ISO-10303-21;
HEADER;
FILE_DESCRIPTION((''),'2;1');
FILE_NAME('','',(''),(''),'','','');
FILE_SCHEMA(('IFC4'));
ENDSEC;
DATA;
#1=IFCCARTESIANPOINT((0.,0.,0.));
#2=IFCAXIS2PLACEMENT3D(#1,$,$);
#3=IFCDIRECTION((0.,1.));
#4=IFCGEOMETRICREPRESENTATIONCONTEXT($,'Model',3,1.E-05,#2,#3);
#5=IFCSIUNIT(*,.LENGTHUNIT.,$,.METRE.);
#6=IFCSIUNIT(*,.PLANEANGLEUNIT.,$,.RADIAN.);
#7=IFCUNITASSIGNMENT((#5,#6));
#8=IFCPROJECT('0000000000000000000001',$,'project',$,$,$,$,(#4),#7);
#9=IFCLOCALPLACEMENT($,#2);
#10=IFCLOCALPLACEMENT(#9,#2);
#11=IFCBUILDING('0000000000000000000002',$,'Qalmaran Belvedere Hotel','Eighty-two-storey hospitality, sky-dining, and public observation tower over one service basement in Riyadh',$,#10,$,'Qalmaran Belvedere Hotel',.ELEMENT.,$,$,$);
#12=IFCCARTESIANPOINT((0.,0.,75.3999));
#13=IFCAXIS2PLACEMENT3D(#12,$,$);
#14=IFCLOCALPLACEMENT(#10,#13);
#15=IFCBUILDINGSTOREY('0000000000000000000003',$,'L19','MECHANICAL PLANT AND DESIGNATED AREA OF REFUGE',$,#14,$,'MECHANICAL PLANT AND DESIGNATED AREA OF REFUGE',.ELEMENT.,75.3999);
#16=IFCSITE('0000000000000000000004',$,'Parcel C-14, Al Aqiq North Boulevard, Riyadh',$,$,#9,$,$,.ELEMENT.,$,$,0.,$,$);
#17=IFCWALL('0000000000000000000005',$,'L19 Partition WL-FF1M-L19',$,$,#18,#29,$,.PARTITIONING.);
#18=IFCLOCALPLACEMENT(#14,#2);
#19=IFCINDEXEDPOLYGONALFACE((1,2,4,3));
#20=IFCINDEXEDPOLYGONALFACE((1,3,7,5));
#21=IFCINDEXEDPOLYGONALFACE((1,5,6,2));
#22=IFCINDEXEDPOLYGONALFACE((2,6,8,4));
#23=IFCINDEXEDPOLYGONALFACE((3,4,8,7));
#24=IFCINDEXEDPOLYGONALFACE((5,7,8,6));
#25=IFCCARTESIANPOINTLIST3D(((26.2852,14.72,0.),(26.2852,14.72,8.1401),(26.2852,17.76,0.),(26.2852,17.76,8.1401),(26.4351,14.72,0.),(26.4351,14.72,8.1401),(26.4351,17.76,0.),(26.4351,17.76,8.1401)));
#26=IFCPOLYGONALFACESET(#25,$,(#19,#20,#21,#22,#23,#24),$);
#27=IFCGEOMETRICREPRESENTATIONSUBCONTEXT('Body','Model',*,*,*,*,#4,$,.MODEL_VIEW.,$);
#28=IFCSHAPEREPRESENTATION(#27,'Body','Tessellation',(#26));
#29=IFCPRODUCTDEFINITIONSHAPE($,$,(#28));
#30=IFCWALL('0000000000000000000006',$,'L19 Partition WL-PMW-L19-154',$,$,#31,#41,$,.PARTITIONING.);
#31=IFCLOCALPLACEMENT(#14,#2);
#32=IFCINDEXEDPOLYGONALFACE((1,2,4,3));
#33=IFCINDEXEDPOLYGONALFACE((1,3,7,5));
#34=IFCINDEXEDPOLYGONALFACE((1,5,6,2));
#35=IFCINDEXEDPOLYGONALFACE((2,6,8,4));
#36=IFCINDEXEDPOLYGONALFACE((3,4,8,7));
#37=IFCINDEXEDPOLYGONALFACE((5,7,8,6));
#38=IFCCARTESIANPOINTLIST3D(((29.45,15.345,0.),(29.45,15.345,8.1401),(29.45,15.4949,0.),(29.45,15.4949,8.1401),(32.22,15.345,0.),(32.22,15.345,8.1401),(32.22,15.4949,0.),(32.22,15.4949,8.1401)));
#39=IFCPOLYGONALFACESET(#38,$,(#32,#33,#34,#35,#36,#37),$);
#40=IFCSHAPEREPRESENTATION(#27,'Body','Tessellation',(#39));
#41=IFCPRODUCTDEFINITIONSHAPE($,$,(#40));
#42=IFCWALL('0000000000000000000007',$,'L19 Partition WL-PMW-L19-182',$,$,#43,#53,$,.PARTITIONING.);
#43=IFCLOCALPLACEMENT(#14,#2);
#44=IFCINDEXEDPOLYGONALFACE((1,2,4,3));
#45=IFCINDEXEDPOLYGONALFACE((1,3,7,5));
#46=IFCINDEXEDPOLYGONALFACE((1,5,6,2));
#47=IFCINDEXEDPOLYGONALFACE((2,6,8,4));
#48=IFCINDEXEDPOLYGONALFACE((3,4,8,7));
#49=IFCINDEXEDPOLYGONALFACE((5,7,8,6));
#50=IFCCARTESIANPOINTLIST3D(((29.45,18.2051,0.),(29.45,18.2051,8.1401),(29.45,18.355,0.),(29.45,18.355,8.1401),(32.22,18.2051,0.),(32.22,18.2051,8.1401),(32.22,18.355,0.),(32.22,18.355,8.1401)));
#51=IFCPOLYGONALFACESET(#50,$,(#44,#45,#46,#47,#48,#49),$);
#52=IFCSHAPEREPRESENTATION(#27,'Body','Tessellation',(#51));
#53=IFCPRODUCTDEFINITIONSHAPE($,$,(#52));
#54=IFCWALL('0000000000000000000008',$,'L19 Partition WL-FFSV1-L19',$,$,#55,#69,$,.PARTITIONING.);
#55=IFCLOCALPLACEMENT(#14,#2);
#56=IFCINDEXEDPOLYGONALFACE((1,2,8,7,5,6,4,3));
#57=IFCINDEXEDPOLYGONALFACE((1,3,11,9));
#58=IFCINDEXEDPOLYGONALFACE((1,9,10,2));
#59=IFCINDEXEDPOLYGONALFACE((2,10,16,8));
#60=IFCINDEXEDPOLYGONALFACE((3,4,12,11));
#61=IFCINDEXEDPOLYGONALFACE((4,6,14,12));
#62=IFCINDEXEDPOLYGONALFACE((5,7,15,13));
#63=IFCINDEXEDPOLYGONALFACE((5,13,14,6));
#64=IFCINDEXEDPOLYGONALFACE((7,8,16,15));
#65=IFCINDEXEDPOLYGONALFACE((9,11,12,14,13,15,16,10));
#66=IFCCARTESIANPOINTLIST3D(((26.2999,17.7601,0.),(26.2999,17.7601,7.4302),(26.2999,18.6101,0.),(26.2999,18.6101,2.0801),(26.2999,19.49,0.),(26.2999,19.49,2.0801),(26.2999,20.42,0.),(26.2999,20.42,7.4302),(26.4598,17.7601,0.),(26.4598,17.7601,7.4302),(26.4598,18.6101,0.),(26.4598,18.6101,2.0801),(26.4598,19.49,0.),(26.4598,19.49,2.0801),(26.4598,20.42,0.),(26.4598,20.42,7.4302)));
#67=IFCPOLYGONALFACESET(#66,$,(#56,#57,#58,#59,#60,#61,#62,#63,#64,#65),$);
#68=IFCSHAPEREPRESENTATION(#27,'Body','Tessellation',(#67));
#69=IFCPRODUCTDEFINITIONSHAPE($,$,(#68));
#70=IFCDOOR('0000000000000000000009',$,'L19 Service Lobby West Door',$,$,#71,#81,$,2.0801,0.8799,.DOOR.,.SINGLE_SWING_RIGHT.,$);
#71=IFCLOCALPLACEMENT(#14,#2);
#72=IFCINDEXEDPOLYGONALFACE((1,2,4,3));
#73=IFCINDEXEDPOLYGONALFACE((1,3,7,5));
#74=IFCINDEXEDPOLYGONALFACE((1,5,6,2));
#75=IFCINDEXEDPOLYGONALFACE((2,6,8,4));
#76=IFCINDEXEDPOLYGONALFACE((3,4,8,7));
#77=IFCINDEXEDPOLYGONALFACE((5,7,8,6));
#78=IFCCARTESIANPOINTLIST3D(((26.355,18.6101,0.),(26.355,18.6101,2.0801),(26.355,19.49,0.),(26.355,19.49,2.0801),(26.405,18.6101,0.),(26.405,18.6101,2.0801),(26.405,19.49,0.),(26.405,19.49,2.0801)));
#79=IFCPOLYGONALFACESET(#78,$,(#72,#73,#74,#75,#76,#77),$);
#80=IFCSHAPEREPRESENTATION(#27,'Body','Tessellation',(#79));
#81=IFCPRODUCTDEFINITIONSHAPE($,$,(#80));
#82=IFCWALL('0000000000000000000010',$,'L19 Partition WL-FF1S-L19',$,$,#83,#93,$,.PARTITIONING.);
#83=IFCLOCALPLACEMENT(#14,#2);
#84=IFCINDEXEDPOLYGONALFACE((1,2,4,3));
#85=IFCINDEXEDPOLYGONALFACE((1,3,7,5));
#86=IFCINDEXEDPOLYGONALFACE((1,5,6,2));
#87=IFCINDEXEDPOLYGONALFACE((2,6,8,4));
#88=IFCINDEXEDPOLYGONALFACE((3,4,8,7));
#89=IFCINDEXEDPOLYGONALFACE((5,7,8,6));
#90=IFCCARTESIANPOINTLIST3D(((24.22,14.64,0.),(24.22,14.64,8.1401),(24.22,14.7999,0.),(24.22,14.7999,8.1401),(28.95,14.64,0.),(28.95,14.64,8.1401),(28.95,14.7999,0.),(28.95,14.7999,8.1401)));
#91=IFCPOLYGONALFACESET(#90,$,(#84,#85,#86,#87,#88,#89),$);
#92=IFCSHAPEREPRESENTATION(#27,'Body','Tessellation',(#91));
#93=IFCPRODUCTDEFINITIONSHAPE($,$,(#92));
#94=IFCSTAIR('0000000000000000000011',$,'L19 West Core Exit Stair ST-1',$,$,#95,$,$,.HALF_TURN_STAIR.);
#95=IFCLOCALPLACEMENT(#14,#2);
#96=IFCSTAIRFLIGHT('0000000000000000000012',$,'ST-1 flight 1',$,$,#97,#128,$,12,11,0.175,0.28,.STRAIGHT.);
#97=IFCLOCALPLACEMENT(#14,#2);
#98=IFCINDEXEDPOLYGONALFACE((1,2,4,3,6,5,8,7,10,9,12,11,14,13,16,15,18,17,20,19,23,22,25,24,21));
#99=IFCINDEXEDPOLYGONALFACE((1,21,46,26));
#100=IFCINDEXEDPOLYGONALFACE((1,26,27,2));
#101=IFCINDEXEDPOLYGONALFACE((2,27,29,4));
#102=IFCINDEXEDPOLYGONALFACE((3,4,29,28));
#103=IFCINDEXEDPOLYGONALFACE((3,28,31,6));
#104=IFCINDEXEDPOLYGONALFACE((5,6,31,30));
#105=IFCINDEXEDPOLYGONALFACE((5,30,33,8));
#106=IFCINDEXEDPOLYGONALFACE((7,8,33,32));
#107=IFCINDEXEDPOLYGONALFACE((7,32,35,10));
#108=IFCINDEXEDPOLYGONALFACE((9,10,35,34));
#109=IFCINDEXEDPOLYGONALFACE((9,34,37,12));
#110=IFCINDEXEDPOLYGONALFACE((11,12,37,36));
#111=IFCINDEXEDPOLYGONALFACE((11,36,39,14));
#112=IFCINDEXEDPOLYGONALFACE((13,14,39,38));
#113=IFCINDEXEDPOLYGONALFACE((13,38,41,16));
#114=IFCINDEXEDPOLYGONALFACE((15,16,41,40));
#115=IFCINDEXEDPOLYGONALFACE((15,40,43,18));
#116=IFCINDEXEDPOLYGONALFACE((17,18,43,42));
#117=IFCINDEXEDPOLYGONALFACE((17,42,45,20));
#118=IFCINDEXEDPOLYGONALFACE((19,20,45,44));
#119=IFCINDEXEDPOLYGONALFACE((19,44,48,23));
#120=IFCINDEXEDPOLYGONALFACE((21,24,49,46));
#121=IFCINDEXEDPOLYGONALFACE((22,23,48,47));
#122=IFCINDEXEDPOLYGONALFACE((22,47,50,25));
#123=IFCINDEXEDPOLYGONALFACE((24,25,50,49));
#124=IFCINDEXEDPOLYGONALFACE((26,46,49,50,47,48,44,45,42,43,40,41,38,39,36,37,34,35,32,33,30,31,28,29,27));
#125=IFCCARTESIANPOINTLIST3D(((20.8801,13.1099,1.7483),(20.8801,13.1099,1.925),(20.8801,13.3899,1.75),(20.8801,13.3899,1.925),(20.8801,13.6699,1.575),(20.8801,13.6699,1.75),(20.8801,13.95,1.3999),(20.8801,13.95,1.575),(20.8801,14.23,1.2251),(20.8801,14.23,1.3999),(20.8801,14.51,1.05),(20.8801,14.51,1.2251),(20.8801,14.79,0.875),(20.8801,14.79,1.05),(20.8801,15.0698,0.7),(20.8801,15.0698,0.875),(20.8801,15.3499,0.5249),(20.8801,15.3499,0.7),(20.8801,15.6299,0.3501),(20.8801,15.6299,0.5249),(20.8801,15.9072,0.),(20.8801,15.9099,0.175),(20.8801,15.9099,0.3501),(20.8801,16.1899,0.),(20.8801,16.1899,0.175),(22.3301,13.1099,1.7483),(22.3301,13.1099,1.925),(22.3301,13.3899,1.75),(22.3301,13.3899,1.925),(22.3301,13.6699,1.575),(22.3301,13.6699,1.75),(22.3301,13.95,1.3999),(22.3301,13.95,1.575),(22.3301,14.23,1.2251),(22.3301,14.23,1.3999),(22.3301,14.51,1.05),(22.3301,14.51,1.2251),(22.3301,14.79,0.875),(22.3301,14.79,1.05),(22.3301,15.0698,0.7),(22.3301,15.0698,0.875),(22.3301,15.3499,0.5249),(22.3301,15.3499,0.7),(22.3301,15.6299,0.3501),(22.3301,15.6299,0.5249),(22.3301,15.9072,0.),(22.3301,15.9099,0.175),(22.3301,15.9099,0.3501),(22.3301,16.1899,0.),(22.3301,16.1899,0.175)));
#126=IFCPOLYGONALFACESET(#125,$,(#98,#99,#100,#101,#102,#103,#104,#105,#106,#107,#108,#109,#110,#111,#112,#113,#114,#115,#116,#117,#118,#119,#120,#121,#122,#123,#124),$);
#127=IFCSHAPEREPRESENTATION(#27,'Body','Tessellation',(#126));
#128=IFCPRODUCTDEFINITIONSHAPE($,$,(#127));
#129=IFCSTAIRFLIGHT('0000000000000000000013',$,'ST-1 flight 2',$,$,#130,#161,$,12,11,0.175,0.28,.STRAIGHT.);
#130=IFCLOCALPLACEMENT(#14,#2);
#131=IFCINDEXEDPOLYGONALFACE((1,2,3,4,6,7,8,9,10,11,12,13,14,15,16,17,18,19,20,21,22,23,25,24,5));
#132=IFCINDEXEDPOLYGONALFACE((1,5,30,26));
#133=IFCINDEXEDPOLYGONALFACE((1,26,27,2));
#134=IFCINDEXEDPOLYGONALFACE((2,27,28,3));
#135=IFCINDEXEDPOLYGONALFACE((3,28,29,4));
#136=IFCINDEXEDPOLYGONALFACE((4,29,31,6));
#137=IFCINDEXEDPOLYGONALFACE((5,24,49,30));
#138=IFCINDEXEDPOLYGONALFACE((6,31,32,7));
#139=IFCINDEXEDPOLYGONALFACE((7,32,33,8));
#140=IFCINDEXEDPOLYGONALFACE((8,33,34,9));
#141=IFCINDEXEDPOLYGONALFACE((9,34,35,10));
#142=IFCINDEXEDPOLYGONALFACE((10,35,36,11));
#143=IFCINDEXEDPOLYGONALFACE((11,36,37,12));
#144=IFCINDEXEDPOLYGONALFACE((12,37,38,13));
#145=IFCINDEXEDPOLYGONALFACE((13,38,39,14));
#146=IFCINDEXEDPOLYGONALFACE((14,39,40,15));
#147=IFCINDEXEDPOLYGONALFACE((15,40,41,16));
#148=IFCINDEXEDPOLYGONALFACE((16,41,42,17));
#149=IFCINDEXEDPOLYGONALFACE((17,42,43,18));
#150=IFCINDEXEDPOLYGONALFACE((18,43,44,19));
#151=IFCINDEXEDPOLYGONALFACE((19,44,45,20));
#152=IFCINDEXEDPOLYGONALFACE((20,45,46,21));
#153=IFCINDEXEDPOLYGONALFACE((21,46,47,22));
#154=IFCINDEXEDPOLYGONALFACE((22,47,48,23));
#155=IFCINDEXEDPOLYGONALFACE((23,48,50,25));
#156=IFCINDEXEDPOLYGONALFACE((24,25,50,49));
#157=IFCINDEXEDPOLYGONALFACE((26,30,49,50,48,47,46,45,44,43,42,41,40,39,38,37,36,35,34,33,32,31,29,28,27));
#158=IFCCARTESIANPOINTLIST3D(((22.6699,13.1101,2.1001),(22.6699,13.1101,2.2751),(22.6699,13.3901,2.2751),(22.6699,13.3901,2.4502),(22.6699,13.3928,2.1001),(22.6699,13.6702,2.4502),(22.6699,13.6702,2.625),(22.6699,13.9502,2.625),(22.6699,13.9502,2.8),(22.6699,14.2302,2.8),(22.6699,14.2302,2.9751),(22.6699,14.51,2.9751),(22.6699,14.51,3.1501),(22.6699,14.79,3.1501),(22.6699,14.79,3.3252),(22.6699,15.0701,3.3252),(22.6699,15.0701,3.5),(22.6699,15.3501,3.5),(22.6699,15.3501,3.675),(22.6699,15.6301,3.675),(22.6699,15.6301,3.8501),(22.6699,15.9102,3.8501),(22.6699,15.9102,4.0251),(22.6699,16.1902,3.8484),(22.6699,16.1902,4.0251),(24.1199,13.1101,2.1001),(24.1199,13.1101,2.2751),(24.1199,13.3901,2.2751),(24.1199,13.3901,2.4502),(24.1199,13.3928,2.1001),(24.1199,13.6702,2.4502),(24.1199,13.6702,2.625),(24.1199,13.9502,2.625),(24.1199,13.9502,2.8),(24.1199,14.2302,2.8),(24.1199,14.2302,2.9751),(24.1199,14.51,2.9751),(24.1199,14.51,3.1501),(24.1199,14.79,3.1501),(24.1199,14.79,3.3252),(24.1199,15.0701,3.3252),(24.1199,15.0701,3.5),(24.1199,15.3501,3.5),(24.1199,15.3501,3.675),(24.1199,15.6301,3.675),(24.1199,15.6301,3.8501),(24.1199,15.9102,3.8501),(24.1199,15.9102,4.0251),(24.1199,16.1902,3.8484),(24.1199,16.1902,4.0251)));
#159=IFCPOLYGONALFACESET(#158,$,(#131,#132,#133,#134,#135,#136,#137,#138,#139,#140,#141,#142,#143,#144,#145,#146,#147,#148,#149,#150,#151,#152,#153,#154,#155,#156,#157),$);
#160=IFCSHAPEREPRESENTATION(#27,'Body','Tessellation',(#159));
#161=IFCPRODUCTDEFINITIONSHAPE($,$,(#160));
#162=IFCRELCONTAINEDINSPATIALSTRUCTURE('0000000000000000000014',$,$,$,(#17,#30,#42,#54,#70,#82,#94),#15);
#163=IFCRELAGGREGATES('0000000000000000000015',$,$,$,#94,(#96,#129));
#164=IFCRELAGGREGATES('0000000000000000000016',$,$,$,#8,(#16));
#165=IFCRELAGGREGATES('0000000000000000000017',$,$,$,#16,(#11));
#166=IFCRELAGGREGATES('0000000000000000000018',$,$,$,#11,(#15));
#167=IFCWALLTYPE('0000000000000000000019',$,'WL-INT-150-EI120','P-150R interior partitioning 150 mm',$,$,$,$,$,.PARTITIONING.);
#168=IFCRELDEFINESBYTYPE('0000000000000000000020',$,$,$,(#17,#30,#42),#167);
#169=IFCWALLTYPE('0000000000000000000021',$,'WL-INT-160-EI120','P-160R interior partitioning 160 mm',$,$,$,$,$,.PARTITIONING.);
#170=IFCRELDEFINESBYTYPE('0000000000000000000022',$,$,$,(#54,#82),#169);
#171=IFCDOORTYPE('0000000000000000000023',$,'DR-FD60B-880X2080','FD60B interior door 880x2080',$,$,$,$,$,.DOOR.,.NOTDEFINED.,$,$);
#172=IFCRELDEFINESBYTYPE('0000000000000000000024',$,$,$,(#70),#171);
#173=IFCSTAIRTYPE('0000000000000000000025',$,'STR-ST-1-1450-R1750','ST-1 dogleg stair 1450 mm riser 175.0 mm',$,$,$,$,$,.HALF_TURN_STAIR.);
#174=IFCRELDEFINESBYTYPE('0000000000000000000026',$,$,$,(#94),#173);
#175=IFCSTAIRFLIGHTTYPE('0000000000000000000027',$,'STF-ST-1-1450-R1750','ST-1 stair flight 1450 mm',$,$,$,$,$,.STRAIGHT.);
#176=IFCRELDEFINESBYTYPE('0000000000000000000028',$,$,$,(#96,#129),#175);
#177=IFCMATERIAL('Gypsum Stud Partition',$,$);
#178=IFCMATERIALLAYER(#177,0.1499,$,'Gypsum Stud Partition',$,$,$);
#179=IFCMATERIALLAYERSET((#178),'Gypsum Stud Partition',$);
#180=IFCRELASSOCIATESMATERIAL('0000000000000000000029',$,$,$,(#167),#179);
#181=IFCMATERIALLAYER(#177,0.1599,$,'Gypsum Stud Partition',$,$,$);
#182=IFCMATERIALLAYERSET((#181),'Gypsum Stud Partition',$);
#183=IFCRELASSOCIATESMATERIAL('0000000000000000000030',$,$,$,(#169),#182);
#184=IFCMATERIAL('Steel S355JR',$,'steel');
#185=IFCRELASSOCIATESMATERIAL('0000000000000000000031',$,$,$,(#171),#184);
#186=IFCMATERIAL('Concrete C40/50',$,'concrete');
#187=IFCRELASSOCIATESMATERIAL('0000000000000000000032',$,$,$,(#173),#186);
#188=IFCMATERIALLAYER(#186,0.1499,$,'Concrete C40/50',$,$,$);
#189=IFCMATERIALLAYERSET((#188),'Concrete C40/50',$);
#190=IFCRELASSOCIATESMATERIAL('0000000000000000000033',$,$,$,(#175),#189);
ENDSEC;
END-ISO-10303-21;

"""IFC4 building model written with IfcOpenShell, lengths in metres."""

from ifc_helpers import new_model, si_unit, direction, frame, frame_2d, origin, place, context, subcontext, project, spatial, polyline, rectangle, outline, extrude, material, layer, layer_set, type_object, element, fill, aggregate, save


model = new_model("IFC4")

# Units and contexts
model_context = context("Model", 3, precision=1e-05, world=origin(), true_north=direction((0.0, 1.0)))
body_context = subcontext(model_context, "Body", "Model", "MODEL_VIEW")
ifc_project = project(units=[si_unit("LENGTHUNIT", "METRE"), si_unit("PLANEANGLEUNIT", "RADIAN")], contexts=[model_context])

# Site, building, storey
site_placement = place(None, origin())
site = spatial("IfcSite", under=ifc_project, at=site_placement, Name="Parcel C-14, Al Aqiq North Boulevard, Riyadh", CompositionType="ELEMENT", RefElevation=0.0)
building_placement = place(site_placement, origin())
building = spatial("IfcBuilding", under=site, at=building_placement, Name="Qalmaran Belvedere Hotel", Description="Eighty-two-storey hospitality, sky-dining, and public observation tower over one service basement in Riyadh", LongName="Qalmaran Belvedere Hotel", CompositionType="ELEMENT")
storey_placement = place(building_placement, frame((0.0, 0.0, 75.3999)))
storey = spatial("IfcBuildingStorey", under=building, at=storey_placement, Name="L19", Description="MECHANICAL PLANT AND DESIGNATED AREA OF REFUGE", LongName="MECHANICAL PLANT AND DESIGNATED AREA OF REFUGE", CompositionType="ELEMENT", Elevation=75.3999)

# Walls
ifc_material_1 = material(Name="Gypsum Stud Partition")
ifc_layer_1 = layer(ifc_material_1, 0.1499, Name="Gypsum Stud Partition")
ifc_layer_set_1 = layer_set([ifc_layer_1], Name="Gypsum Stud Partition")
wall_type_1 = type_object("IfcWallType", Name="WL-INT-150-EI120", Description="P-150R interior partitioning 150 mm", PredefinedType="PARTITIONING", material=ifc_layer_set_1)
wall_1_placement = place(storey_placement, frame((26.3601, 14.72, 0.0), z_axis=(0.0, 0.0, 1.0), x_axis=(0.0, 1.0, 0.0)))
element("IfcWall", 1, at=wall_1_placement, inside=storey, type_object=wall_type_1, Name="L19 Partition WL-FF1M-L19", PredefinedType="PARTITIONING", context=body_context, shape_type="SweptSolid", body=[
    extrude(rectangle(XDim=3.04, YDim=0.1499, at=frame_2d((1.52, 0.0))), origin(), (0.0, 0.0, 1.0), 8.1401),
])
for number, where, z_axis, x_axis, name in (
    (2, (29.45, 15.4199, 0.0), (0.0, 0.0, 1.0), (1.0, 0.0, 0.0), "L19 Partition WL-PMW-L19-154"),
    (3, (29.45, 18.28, 0.0), (0.0, 0.0, 1.0), (1.0, 0.0, 0.0), "L19 Partition WL-PMW-L19-182"),
):
    element("IfcWall", number, at=place(storey_placement, frame(where, z_axis=z_axis, x_axis=x_axis)), inside=storey, type_object=wall_type_1, Name=name, PredefinedType="PARTITIONING", context=body_context, shape_type="SweptSolid", body=[
        extrude(rectangle(XDim=2.77, YDim=0.1499, at=frame_2d((1.385, 0.0))), origin(), (0.0, 0.0, 1.0), 8.1401),
    ])

# Wall, opening, door
ifc_layer_2 = layer(ifc_material_1, 0.1599, Name="Gypsum Stud Partition")
ifc_layer_set_2 = layer_set([ifc_layer_2], Name="Gypsum Stud Partition")
wall_type_2 = type_object("IfcWallType", Name="WL-INT-160-EI120", Description="P-160R interior partitioning 160 mm", PredefinedType="PARTITIONING", material=ifc_layer_set_2)
wall_2_placement = place(storey_placement, frame((26.3799, 17.76, 0.0), z_axis=(0.0, 0.0, 1.0), x_axis=(0.0, 1.0, 0.0)))
wall_2 = element("IfcWall", 4, at=wall_2_placement, inside=storey, type_object=wall_type_2, Name="L19 Partition WL-FFSV1-L19", PredefinedType="PARTITIONING", context=body_context, shape_type="SweptSolid", body=[
    extrude(rectangle(XDim=2.6599, YDim=0.1599, at=frame_2d((1.3301, 0.0))), origin(), (0.0, 0.0, 1.0), 7.4302),
])
opening_placement = place(wall_2_placement, frame((0.8501, 0.0, 0.0)))
opening = element("IfcOpeningElement", 5, at=opening_placement, cuts=wall_2, PredefinedType="OPENING", context=body_context, shape_type="SweptSolid", body=[
    extrude(rectangle(XDim=0.8799, YDim=2.0801, at=frame_2d((0.4399, 1.04))), frame((0.0, 0.0898, 0.0), z_axis=(0.0, -1.0, 0.0), x_axis=(1.0, 0.0, 0.0)), (0.0, 0.0, 1.0), 0.1799),
])
ifc_material_2 = material(Name="Steel S355JR", Category="steel")
door_type = type_object("IfcDoorType", Name="DR-FD60B-880X2080", Description="FD60B interior door 880x2080", OperationType="NOTDEFINED", PredefinedType="DOOR", material=ifc_material_2)
door_placement = place(opening_placement, origin())
door = element("IfcDoor", 6, at=door_placement, inside=storey, type_object=door_type, Name="L19 Service Lobby West Door", OperationType="SINGLE_SWING_RIGHT", OverallHeight=2.0801, OverallWidth=0.8799, PredefinedType="DOOR", context=body_context, shape_type="SweptSolid", body=[
    extrude(rectangle(XDim=0.8799, YDim=2.0801, at=frame_2d((0.4399, 1.04))), frame((0.0, 0.0249, 0.0), z_axis=(0.0, -1.0, 0.0), x_axis=(1.0, 0.0, 0.0)), (0.0, 0.0, 1.0), 0.05),
])
fill(opening, door)

# Wall
wall_3_placement = place(storey_placement, frame((24.22, 14.72, 0.0), z_axis=(0.0, 0.0, 1.0), x_axis=(1.0, 0.0, 0.0)))
element("IfcWall", 7, at=wall_3_placement, inside=storey, type_object=wall_type_2, Name="L19 Partition WL-FF1S-L19", PredefinedType="PARTITIONING", context=body_context, shape_type="SweptSolid", body=[
    extrude(rectangle(XDim=4.73, YDim=0.1599, at=frame_2d((2.365, 0.0))), origin(), (0.0, 0.0, 1.0), 8.1401),
])

# Stair, stair flights
ifc_material_3 = material(Name="Concrete C40/50", Category="concrete")
stair_type = type_object("IfcStairType", Name="STR-ST-1-1450-R1750", Description="ST-1 dogleg stair 1450 mm riser 175.0 mm", PredefinedType="HALF_TURN_STAIR", material=ifc_material_3)
stair_placement = place(storey_placement, origin())
stair = element("IfcStair", 8, at=stair_placement, inside=storey, type_object=stair_type, Name="L19 West Core Exit Stair ST-1", PredefinedType="HALF_TURN_STAIR")
ifc_layer_3 = layer(ifc_material_3, 0.1499, Name="Concrete C40/50")
ifc_layer_set_3 = layer_set([ifc_layer_3], Name="Concrete C40/50")
stair_flight_type = type_object("IfcStairFlightType", Name="STF-ST-1-1450-R1750", Description="ST-1 stair flight 1450 mm", PredefinedType="STRAIGHT", material=ifc_layer_set_3)
stair_flight_1_placement = place(storey_placement, frame((21.605, 16.1899, 0.0), z_axis=(0.0, 0.0, 1.0), x_axis=(0.0, -1.0, 0.0)))
stair_flight_1 = element("IfcStairFlight", 9, at=stair_flight_1_placement, type_object=stair_flight_type, Name="ST-1 flight 1", NumberOfRisers=12, NumberOfTreads=11, PredefinedType="STRAIGHT", RiserHeight=0.175, TreadLength=0.28, context=body_context, shape_type="SweptSolid", body=[
    extrude(outline(polyline([(0.0, 0.0), (0.0, 0.175), (0.28, 0.175), (0.28, 0.3501), (0.5601, 0.3501), (0.5601, 0.5249), (0.8401, 0.5249), (0.8401, 0.7), (1.1201, 0.7), (1.1201, 0.875), (1.3999, 0.875), (1.3999, 1.05), (1.6799, 1.05), (1.6799, 1.2251), (1.96, 1.2251), (1.96, 1.3999), (2.24, 1.3999), (2.24, 1.575), (2.52, 1.575), (2.52, 1.75), (2.8, 1.75), (2.8, 1.925), (3.0801, 1.925), (3.0801, 2.1001), (3.0801, 1.7483), (0.2827, 0.0), (0.0, 0.0)])), frame((0.0, 0.7251, 0.0), z_axis=(0.0, -1.0, 0.0), x_axis=(1.0, 0.0, 0.0)), (0.0, 0.0, 1.0), 1.45),
])
stair_flight_2_placement = place(storey_placement, frame((23.395, 13.1101, 2.1001), z_axis=(0.0, 0.0, 1.0), x_axis=(0.0, 1.0, 0.0)))
stair_flight_2 = element("IfcStairFlight", 10, at=stair_flight_2_placement, type_object=stair_flight_type, Name="ST-1 flight 2", NumberOfRisers=12, NumberOfTreads=11, PredefinedType="STRAIGHT", RiserHeight=0.175, TreadLength=0.28, context=body_context, shape_type="SweptSolid", body=[
    extrude(outline(polyline([(0.0, 0.0), (0.0, 0.175), (0.28, 0.175), (0.28, 0.3501), (0.5601, 0.3501), (0.5601, 0.5249), (0.8401, 0.5249), (0.8401, 0.7), (1.1201, 0.7), (1.1201, 0.875), (1.3999, 0.875), (1.3999, 1.05), (1.6799, 1.05), (1.6799, 1.2251), (1.96, 1.2251), (1.96, 1.3999), (2.24, 1.3999), (2.24, 1.575), (2.52, 1.575), (2.52, 1.75), (2.8, 1.75), (2.8, 1.925), (3.0801, 1.925), (3.0801, 2.1001), (3.0801, 1.7483), (0.2827, 0.0), (0.0, 0.0)])), frame((0.0, 0.7251, 0.0), z_axis=(0.0, -1.0, 0.0), x_axis=(1.0, 0.0, 0.0)), (0.0, 0.0, 1.0), 1.45),
])
aggregate(stair, [stair_flight_1, stair_flight_2])

save(model, "model.ifc")
